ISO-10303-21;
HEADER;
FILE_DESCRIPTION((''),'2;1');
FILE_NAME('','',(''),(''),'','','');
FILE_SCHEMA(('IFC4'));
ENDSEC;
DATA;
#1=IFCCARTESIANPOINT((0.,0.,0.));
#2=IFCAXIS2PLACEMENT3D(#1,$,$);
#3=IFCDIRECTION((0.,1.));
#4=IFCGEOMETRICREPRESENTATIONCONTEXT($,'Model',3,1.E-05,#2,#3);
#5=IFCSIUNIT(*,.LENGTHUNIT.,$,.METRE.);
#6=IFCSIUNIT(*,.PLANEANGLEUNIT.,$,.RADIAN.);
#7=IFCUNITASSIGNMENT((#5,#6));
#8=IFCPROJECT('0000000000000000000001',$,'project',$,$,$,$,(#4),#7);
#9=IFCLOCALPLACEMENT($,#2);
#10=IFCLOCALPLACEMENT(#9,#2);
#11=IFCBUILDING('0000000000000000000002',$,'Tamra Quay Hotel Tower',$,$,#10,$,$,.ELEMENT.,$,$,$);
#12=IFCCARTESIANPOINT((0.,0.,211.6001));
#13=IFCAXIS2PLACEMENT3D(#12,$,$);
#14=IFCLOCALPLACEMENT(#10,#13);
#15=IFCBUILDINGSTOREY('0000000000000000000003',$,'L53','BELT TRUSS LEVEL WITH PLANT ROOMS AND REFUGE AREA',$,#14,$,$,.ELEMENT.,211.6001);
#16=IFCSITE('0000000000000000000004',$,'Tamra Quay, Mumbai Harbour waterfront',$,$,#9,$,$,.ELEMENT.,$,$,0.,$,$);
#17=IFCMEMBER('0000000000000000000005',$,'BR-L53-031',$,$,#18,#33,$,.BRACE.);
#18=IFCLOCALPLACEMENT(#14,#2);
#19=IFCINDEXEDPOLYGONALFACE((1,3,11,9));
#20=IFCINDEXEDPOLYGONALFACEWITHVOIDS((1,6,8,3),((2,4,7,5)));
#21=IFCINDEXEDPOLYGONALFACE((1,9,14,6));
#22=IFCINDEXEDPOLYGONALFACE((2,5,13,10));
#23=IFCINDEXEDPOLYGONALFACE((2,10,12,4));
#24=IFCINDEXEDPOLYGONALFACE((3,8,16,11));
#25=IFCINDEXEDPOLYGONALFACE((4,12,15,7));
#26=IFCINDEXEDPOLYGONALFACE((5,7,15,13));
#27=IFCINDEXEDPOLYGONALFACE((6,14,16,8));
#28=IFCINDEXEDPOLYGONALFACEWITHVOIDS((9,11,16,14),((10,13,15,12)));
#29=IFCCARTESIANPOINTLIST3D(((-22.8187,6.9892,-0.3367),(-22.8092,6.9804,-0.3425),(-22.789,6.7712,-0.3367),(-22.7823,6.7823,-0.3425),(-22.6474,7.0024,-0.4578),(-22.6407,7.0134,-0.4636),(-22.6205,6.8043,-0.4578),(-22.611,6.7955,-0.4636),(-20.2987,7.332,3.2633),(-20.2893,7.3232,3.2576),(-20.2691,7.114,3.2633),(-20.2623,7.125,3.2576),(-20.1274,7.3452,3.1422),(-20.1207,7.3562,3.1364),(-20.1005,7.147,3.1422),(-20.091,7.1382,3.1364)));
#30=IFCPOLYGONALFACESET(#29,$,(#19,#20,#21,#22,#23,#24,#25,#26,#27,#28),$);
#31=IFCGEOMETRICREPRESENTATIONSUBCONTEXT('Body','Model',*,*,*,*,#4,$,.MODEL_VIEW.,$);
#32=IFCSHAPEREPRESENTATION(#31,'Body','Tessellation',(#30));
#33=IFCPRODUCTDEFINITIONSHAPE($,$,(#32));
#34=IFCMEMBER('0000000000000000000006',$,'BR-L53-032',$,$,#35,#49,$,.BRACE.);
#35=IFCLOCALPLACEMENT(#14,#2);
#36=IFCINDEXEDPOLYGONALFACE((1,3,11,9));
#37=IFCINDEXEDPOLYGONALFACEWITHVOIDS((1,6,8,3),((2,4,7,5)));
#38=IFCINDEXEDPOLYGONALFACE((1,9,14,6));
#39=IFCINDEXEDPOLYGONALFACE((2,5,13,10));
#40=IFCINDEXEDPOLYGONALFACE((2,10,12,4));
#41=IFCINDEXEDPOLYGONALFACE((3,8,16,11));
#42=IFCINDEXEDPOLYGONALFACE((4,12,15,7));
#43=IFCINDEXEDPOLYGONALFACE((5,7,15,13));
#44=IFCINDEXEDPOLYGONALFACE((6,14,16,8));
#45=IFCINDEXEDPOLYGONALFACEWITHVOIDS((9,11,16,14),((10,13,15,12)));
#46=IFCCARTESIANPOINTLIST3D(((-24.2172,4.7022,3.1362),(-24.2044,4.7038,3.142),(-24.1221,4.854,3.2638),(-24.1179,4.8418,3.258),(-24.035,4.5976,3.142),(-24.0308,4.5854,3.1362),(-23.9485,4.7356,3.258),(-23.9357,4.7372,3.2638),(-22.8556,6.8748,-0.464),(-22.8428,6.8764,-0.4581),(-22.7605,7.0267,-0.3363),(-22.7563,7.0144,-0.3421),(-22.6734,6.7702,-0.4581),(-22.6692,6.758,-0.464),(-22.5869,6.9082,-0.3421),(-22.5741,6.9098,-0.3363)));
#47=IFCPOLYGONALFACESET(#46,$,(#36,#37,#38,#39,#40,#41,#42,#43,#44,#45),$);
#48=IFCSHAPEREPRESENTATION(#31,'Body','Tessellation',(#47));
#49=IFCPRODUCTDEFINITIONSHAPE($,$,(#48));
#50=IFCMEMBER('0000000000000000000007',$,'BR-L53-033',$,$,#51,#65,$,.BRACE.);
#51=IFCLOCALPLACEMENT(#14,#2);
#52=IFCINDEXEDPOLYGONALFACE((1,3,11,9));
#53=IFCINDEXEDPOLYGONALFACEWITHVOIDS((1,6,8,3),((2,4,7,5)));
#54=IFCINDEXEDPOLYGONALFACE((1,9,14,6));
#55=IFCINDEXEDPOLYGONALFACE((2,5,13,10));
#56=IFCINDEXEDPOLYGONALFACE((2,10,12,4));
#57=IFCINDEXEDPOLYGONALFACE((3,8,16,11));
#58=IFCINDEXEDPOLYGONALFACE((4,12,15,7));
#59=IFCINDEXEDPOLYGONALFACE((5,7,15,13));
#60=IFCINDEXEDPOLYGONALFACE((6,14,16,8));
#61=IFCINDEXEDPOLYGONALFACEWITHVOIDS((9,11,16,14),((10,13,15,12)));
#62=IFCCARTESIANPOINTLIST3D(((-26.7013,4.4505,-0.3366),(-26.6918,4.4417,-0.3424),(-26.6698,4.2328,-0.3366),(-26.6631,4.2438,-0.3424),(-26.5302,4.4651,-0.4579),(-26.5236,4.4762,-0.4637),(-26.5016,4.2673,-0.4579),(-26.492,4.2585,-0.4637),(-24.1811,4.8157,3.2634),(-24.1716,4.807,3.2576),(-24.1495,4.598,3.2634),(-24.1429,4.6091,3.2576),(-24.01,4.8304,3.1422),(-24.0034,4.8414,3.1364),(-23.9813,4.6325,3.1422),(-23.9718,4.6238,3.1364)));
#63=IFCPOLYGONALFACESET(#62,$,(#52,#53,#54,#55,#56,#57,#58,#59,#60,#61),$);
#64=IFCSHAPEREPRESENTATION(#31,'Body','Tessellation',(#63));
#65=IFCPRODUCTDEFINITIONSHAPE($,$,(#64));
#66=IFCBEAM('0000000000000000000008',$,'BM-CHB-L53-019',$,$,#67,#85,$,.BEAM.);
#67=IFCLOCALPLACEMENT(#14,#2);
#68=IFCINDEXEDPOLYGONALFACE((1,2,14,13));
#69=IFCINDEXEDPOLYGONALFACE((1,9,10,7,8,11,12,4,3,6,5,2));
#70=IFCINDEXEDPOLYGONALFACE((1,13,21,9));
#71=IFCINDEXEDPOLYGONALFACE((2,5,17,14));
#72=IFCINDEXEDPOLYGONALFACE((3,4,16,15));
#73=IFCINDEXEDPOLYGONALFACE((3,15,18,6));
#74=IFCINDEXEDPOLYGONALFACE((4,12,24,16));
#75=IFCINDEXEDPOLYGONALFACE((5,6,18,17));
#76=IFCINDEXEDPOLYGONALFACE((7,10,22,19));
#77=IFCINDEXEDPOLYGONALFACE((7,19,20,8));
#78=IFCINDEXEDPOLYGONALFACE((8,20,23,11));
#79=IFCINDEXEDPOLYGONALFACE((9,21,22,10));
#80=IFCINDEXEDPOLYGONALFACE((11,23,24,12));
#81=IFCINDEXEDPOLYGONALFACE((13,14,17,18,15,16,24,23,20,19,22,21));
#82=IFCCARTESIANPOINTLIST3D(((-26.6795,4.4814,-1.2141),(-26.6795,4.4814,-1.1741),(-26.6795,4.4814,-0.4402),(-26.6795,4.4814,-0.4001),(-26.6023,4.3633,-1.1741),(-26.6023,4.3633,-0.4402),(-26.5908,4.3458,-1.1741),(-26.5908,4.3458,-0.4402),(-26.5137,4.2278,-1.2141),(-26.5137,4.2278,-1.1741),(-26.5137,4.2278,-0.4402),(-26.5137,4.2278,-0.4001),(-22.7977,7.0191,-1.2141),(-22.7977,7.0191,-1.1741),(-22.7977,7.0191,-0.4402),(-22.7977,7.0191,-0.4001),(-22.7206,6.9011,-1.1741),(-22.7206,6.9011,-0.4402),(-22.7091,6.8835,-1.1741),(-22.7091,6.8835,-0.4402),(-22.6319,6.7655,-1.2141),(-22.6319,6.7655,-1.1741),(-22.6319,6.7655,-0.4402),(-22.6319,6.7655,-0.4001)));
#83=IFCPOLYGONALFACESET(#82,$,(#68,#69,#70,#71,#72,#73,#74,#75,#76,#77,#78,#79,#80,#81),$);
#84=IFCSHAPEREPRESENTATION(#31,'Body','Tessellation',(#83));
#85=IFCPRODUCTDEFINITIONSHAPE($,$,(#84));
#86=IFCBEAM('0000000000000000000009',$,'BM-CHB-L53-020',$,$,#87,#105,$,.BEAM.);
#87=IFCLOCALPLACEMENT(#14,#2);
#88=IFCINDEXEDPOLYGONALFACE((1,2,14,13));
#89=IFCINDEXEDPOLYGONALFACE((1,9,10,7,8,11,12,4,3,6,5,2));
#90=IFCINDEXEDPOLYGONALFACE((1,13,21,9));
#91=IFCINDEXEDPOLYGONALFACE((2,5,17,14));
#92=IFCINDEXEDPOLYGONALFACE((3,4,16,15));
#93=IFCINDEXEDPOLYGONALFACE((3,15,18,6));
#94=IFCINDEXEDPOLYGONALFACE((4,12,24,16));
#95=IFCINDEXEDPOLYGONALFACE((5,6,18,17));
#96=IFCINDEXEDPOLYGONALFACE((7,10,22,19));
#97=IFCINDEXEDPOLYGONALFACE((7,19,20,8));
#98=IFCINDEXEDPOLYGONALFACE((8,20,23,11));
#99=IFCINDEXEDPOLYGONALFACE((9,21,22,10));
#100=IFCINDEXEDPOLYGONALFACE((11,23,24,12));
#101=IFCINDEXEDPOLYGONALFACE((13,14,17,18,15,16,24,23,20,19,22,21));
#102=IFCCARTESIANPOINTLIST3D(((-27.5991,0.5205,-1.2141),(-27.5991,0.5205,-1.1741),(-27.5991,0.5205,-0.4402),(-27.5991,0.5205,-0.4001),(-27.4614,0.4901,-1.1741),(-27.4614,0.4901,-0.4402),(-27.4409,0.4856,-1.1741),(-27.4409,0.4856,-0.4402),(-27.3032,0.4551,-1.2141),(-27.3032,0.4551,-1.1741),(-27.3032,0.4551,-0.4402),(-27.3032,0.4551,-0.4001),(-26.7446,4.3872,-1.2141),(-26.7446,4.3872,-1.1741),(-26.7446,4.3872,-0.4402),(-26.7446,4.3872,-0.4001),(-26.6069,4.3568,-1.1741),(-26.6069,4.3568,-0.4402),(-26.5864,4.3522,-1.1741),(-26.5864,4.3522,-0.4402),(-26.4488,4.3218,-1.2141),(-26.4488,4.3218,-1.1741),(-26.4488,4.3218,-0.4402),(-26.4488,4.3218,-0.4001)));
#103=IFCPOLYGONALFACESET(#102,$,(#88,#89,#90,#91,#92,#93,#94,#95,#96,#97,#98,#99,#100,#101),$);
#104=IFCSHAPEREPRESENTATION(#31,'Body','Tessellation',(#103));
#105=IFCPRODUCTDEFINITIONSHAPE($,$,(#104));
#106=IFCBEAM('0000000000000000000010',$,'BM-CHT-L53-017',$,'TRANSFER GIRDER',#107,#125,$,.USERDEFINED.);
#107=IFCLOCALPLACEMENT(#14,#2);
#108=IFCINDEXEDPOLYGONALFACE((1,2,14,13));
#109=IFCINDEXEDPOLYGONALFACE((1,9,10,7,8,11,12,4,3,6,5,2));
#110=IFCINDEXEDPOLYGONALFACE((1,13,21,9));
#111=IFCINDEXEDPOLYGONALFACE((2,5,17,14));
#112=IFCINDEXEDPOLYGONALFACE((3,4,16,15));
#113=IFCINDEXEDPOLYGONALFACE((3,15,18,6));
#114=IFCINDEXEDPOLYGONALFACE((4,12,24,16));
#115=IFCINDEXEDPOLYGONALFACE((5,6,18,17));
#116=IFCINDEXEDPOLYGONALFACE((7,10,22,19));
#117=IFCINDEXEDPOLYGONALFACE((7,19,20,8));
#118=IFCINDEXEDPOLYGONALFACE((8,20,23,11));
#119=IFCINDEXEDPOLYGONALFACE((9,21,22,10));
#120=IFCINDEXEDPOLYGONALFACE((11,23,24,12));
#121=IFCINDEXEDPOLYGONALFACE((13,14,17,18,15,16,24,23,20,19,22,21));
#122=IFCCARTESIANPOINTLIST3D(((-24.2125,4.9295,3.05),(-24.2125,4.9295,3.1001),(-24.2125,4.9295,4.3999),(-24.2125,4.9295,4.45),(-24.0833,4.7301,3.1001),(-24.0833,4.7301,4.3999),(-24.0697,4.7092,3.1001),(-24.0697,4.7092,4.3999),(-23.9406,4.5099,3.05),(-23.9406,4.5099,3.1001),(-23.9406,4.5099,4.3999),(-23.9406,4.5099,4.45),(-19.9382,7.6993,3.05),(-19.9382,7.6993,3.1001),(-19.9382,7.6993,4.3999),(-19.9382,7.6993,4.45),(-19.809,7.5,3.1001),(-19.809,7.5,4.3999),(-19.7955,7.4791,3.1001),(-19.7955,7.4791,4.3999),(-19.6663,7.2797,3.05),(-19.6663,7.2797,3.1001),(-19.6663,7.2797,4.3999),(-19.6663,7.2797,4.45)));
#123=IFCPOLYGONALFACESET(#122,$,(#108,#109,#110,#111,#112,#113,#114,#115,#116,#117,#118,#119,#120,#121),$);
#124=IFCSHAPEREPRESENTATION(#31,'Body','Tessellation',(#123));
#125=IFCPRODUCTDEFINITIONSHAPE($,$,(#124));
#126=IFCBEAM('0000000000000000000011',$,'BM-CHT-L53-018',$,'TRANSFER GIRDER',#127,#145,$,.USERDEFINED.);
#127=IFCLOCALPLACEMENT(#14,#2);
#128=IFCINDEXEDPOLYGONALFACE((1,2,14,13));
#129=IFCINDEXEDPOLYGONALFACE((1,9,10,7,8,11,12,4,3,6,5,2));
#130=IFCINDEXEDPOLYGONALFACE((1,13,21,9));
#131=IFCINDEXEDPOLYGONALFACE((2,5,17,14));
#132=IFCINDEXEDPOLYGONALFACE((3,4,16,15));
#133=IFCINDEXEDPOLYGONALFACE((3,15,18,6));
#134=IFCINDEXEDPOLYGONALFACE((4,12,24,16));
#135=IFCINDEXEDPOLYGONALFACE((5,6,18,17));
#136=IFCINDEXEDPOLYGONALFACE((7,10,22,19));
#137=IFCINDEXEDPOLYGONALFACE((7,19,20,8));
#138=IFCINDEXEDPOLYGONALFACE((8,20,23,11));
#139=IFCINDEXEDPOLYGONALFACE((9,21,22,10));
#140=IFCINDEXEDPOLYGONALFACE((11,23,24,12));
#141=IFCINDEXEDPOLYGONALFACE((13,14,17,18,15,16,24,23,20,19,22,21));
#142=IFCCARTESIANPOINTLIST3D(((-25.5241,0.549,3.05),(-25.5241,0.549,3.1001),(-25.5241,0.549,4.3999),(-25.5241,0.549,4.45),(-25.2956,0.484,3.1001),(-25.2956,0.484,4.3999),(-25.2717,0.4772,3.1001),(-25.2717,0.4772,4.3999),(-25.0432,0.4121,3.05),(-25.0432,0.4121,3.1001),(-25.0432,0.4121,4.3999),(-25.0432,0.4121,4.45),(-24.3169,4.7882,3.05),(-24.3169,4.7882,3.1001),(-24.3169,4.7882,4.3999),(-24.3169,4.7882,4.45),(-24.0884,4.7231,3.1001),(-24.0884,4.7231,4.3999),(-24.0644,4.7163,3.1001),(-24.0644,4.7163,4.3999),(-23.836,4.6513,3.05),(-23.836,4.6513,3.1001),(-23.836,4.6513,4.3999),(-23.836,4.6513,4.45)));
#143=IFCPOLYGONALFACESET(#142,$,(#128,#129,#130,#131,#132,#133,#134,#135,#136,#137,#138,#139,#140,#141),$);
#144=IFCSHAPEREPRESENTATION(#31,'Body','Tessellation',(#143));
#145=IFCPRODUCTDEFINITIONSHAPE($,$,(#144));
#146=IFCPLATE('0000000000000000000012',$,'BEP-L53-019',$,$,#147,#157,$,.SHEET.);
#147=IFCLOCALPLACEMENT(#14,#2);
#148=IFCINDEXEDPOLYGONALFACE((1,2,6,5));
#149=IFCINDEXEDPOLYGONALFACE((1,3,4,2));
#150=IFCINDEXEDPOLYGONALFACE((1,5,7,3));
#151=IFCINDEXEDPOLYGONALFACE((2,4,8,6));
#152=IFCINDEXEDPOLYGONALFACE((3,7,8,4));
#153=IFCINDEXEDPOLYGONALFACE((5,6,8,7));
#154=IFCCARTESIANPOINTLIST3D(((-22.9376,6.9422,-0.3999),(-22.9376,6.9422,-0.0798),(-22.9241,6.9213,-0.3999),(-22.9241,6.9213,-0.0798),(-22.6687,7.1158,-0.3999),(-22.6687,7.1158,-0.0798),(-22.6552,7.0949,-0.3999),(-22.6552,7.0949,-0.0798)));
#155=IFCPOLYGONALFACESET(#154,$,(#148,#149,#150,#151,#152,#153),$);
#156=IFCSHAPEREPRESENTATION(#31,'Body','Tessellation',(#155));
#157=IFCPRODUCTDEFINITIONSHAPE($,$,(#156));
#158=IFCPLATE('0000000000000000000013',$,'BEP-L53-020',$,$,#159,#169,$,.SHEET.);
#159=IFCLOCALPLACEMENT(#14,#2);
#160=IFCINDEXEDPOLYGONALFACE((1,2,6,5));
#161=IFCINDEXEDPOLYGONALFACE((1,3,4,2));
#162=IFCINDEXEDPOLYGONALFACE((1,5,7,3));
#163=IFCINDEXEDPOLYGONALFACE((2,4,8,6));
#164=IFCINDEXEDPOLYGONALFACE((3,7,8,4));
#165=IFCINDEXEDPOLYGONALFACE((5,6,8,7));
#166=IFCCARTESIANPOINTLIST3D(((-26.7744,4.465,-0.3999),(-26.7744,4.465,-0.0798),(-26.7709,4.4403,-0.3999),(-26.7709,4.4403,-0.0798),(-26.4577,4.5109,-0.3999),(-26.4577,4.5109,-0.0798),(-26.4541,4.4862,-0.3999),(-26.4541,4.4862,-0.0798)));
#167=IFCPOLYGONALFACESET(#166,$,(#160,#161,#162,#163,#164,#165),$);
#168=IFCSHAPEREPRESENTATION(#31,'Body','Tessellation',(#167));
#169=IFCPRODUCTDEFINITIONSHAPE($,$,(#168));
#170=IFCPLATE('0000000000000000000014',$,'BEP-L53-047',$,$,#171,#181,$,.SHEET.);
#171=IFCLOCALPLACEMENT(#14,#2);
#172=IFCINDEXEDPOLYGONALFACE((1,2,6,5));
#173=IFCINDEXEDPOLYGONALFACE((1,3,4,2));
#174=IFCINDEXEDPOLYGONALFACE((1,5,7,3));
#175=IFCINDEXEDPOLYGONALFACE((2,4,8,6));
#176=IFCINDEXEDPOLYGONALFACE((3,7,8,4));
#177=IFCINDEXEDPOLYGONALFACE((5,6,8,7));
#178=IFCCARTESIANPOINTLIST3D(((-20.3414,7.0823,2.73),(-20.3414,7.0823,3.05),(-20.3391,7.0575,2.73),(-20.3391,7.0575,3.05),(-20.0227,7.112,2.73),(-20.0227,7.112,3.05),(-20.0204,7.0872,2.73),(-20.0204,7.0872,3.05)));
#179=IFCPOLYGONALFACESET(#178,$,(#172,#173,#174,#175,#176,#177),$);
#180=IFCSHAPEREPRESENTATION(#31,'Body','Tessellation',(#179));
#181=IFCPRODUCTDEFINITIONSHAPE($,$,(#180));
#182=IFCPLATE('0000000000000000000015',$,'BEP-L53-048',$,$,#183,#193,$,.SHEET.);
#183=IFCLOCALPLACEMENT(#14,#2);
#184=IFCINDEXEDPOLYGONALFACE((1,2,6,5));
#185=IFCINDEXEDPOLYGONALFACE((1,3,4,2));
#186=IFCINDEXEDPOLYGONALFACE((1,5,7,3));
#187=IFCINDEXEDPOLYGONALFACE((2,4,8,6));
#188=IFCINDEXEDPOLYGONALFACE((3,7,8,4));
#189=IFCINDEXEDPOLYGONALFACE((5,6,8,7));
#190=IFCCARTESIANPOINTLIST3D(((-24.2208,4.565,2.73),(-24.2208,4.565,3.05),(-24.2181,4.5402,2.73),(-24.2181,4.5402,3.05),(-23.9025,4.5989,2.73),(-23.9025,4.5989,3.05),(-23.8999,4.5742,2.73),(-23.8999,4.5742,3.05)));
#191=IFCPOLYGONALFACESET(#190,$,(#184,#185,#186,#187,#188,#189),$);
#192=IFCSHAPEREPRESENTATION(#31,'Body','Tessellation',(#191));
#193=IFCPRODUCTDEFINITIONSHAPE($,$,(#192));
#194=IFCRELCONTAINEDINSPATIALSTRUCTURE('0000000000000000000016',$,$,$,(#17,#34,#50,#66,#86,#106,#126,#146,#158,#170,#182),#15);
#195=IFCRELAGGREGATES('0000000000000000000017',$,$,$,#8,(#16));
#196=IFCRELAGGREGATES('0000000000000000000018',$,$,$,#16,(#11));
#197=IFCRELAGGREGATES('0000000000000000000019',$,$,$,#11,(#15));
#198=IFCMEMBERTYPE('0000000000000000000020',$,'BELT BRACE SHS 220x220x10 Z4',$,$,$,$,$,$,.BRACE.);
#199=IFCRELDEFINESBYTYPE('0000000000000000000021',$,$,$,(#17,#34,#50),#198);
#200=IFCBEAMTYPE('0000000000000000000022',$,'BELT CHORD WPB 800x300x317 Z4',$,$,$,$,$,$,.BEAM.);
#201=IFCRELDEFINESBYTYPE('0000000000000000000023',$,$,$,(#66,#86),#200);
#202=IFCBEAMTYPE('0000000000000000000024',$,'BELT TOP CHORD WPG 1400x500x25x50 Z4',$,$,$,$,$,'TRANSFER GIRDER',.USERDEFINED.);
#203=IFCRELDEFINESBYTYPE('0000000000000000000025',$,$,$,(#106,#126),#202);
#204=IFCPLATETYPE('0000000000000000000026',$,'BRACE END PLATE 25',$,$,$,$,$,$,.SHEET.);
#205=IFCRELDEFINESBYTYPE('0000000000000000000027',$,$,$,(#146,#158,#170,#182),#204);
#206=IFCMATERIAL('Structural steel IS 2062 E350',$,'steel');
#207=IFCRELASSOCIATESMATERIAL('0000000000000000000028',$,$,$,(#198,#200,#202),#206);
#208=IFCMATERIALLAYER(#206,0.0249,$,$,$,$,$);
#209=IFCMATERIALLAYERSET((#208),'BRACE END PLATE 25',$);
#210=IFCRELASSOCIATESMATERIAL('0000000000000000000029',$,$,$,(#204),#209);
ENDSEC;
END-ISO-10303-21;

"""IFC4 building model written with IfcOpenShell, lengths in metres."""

from ifc_helpers import new_model, si_unit, direction, frame, origin, origin_2d, place, context, subcontext, project, spatial, rectangle, hollow_rectangle, i_section, extrude, material, layer, layer_set, material_profile, profile_set, type_object, element, save


model = new_model("IFC4")

# Units and contexts
model_context = context("Model", 3, precision=1e-05, world=origin(), true_north=direction((0.0, 1.0)))
body_context = subcontext(model_context, "Body", "Model", "MODEL_VIEW")
ifc_project = project(units=[si_unit("LENGTHUNIT", "METRE"), si_unit("PLANEANGLEUNIT", "RADIAN")], contexts=[model_context])

# Site, building, storey
site_placement = place(None, origin())
site = spatial("IfcSite", under=ifc_project, at=site_placement, Name="Tamra Quay, Mumbai Harbour waterfront", CompositionType="ELEMENT", RefElevation=0.0)
building_placement = place(site_placement, origin())
building = spatial("IfcBuilding", under=site, at=building_placement, Name="Tamra Quay Hotel Tower", CompositionType="ELEMENT")
storey_placement = place(building_placement, frame((0.0, 0.0, 211.6001)))
storey = spatial("IfcBuildingStorey", under=building, at=storey_placement, Name="L53", Description="BELT TRUSS LEVEL WITH PLANT ROOMS AND REFUGE AREA", CompositionType="ELEMENT", Elevation=211.6001)

# Members
ifc_material_1 = material(Name="Structural steel IS 2062 E350", Category="steel")
ifc_material_profile_1 = material_profile(ifc_material_1, hollow_rectangle(XDim=0.22, YDim=0.22, WallThickness=0.01, at=origin_2d()), Name="SHS 220x220x10")
ifc_profile_set_1 = profile_set([ifc_material_profile_1], Name="Structural steel IS 2062 E350")
member_type = type_object("IfcMemberType", Name="BELT BRACE SHS 220x220x10 Z4", PredefinedType="BRACE", material=ifc_profile_set_1)
member_1_placement = place(storey_placement, frame((-22.7148, 6.8923, -0.4001), z_axis=(0.571718, 0.077765, 0.816756), x_axis=(-0.134779, 0.990876, 0.0)))
element("IfcMember", 1, at=member_1_placement, inside=storey, type_object=member_type, Name="BR-L53-031", PredefinedType="BRACE", context=body_context, shape_type="SweptSolid", body=[
    extrude(hollow_rectangle(XDim=0.22, YDim=0.22, WallThickness=0.01, at=origin_2d()), origin(), (0.0, 0.0, 1.0), 4.4077),
])
member_2_placement = place(storey_placement, frame((-22.7148, 6.8923, -0.4001), z_axis=(-0.308061, -0.49156, 0.814535), x_axis=(0.84735, -0.531034, 0.0)))
element("IfcMember", 2, at=member_2_placement, inside=storey, type_object=member_type, Name="BR-L53-032", PredefinedType="BRACE", context=body_context, shape_type="SweptSolid", body=[
    extrude(hollow_rectangle(XDim=0.22, YDim=0.22, WallThickness=0.01, at=origin_2d()), origin(), (0.0, 0.0, 1.0), 4.4199),
])
member_3_placement = place(storey_placement, frame((-26.5967, 4.3545, -0.4001), z_axis=(0.571522, 0.082824, 0.816396), x_axis=(-0.143421, 0.989662, 0.0)))
element("IfcMember", 3, at=member_3_placement, inside=storey, type_object=member_type, Name="BR-L53-033", PredefinedType="BRACE", context=body_context, shape_type="SweptSolid", body=[
    extrude(hollow_rectangle(XDim=0.22, YDim=0.22, WallThickness=0.01, at=origin_2d()), origin(), (0.0, 0.0, 1.0), 4.4097),
])

# Beams
ifc_material_profile_2 = material_profile(ifc_material_1, i_section(OverallWidth=0.303, OverallDepth=0.814, WebThickness=0.021, FlangeThickness=0.04, at=origin_2d()), Name="WPB 800x300x317")
ifc_profile_set_2 = profile_set([ifc_material_profile_2], Name="Structural steel IS 2062 E350")
beam_type_1 = type_object("IfcBeamType", Name="BELT CHORD WPB 800x300x317 Z4", PredefinedType="BEAM", material=ifc_profile_set_2)
beam_1_placement = place(storey_placement, frame((-22.7148, 6.8923, -0.8071), z_axis=(-0.836997, -0.547207, 0.0), x_axis=(0.547207, -0.836997, 0.0)))
element("IfcBeam", 4, at=beam_1_placement, inside=storey, type_object=beam_type_1, Name="BM-CHB-L53-019", PredefinedType="BEAM", context=body_context, shape_type="SweptSolid", body=[
    extrude(i_section(OverallWidth=0.303, OverallDepth=0.814, WebThickness=0.021, FlangeThickness=0.04, at=origin_2d()), origin(), (0.0, 0.0, 1.0), 4.6377),
])
beam_2_placement = place(storey_placement, frame((-26.5967, 4.3545, -0.8071), z_axis=(-0.215781, -0.976442, 0.0), x_axis=(0.976442, -0.215781, 0.0)))
element("IfcBeam", 5, at=beam_2_placement, inside=storey, type_object=beam_type_1, Name="BM-CHB-L53-020", PredefinedType="BEAM", context=body_context, shape_type="SweptSolid", body=[
    extrude(i_section(OverallWidth=0.303, OverallDepth=0.814, WebThickness=0.021, FlangeThickness=0.04, at=origin_2d()), origin(), (0.0, 0.0, 1.0), 3.96),
])
ifc_material_profile_3 = material_profile(ifc_material_1, i_section(OverallWidth=0.5, OverallDepth=1.3999, WebThickness=0.0249, FlangeThickness=0.05, at=origin_2d()), Name="WPG 1400x500x25x50")
ifc_profile_set_3 = profile_set([ifc_material_profile_3], Name="Structural steel IS 2062 E350")
beam_type_2 = type_object("IfcBeamType", Name="BELT TOP CHORD WPG 1400x500x25x50 Z4", ElementType="TRANSFER GIRDER", PredefinedType="USERDEFINED", material=ifc_profile_set_3)
beam_3_placement = place(storey_placement, frame((-19.8022, 7.4895, 3.75), z_axis=(-0.8392, -0.543824, 0.0), x_axis=(0.543824, -0.8392, 0.0)))
element("IfcBeam", 6, at=beam_3_placement, inside=storey, type_object=beam_type_2, Name="BM-CHT-L53-017", ObjectType="TRANSFER GIRDER", PredefinedType="USERDEFINED", context=body_context, shape_type="SweptSolid", body=[
    extrude(i_section(OverallWidth=0.5, OverallDepth=1.3999, WebThickness=0.0249, FlangeThickness=0.05, at=origin_2d()), origin(), (0.0, 0.0, 1.0), 5.0933),
])
beam_4_placement = place(storey_placement, frame((-24.0764, 4.7197, 3.75), z_axis=(-0.273894, -0.96176, 0.0), x_axis=(0.96176, -0.273894, 0.0)))
element("IfcBeam", 7, at=beam_4_placement, inside=storey, type_object=beam_type_2, Name="BM-CHT-L53-018", ObjectType="TRANSFER GIRDER", PredefinedType="USERDEFINED", context=body_context, shape_type="SweptSolid", body=[
    extrude(i_section(OverallWidth=0.5, OverallDepth=1.3999, WebThickness=0.0249, FlangeThickness=0.05, at=origin_2d()), origin(), (0.0, 0.0, 1.0), 4.4077),
])

# Plates
ifc_layer_1 = layer(ifc_material_1, 0.0249)
ifc_layer_set_1 = layer_set([ifc_layer_1], Name="BRACE END PLATE 25")
plate_type_1 = type_object("IfcPlateType", Name="BRACE END PLATE 25", PredefinedType="SHEET", material=ifc_layer_set_1)
for number, where, z_axis, x_axis, name in (
    (8, (-22.7964, 7.0186, -0.3999), (0.0, 0.0, 1.0), (-0.542247, 0.840219, 0.0), "BEP-L53-019"),
    (9, (-26.6143, 4.4756, -0.3999), (0.0, 0.0, 1.0), (-0.143411, 0.989663, 0.0), "BEP-L53-020"),
    (10, (-20.1809, 7.0847, 2.73), (0.0, 0.0, 1.0), (-0.092718, 0.995692, 0.0), "BEP-L53-047"),
    (11, (-24.0603, 4.5696, 2.73), (0.0, 0.0, 1.0), (-0.106025, 0.994364, 0.0), "BEP-L53-048"),
):
    element("IfcPlate", number, at=place(storey_placement, frame(where, z_axis=z_axis, x_axis=x_axis)), inside=storey, type_object=plate_type_1, Name=name, PredefinedType="SHEET", context=body_context, shape_type="SweptSolid", body=[
        extrude(rectangle(XDim=0.0249, YDim=0.3201, at=origin_2d()), origin(), (0.0, 0.0, 1.0), 0.3201),
    ])

save(model, "model.ifc")
